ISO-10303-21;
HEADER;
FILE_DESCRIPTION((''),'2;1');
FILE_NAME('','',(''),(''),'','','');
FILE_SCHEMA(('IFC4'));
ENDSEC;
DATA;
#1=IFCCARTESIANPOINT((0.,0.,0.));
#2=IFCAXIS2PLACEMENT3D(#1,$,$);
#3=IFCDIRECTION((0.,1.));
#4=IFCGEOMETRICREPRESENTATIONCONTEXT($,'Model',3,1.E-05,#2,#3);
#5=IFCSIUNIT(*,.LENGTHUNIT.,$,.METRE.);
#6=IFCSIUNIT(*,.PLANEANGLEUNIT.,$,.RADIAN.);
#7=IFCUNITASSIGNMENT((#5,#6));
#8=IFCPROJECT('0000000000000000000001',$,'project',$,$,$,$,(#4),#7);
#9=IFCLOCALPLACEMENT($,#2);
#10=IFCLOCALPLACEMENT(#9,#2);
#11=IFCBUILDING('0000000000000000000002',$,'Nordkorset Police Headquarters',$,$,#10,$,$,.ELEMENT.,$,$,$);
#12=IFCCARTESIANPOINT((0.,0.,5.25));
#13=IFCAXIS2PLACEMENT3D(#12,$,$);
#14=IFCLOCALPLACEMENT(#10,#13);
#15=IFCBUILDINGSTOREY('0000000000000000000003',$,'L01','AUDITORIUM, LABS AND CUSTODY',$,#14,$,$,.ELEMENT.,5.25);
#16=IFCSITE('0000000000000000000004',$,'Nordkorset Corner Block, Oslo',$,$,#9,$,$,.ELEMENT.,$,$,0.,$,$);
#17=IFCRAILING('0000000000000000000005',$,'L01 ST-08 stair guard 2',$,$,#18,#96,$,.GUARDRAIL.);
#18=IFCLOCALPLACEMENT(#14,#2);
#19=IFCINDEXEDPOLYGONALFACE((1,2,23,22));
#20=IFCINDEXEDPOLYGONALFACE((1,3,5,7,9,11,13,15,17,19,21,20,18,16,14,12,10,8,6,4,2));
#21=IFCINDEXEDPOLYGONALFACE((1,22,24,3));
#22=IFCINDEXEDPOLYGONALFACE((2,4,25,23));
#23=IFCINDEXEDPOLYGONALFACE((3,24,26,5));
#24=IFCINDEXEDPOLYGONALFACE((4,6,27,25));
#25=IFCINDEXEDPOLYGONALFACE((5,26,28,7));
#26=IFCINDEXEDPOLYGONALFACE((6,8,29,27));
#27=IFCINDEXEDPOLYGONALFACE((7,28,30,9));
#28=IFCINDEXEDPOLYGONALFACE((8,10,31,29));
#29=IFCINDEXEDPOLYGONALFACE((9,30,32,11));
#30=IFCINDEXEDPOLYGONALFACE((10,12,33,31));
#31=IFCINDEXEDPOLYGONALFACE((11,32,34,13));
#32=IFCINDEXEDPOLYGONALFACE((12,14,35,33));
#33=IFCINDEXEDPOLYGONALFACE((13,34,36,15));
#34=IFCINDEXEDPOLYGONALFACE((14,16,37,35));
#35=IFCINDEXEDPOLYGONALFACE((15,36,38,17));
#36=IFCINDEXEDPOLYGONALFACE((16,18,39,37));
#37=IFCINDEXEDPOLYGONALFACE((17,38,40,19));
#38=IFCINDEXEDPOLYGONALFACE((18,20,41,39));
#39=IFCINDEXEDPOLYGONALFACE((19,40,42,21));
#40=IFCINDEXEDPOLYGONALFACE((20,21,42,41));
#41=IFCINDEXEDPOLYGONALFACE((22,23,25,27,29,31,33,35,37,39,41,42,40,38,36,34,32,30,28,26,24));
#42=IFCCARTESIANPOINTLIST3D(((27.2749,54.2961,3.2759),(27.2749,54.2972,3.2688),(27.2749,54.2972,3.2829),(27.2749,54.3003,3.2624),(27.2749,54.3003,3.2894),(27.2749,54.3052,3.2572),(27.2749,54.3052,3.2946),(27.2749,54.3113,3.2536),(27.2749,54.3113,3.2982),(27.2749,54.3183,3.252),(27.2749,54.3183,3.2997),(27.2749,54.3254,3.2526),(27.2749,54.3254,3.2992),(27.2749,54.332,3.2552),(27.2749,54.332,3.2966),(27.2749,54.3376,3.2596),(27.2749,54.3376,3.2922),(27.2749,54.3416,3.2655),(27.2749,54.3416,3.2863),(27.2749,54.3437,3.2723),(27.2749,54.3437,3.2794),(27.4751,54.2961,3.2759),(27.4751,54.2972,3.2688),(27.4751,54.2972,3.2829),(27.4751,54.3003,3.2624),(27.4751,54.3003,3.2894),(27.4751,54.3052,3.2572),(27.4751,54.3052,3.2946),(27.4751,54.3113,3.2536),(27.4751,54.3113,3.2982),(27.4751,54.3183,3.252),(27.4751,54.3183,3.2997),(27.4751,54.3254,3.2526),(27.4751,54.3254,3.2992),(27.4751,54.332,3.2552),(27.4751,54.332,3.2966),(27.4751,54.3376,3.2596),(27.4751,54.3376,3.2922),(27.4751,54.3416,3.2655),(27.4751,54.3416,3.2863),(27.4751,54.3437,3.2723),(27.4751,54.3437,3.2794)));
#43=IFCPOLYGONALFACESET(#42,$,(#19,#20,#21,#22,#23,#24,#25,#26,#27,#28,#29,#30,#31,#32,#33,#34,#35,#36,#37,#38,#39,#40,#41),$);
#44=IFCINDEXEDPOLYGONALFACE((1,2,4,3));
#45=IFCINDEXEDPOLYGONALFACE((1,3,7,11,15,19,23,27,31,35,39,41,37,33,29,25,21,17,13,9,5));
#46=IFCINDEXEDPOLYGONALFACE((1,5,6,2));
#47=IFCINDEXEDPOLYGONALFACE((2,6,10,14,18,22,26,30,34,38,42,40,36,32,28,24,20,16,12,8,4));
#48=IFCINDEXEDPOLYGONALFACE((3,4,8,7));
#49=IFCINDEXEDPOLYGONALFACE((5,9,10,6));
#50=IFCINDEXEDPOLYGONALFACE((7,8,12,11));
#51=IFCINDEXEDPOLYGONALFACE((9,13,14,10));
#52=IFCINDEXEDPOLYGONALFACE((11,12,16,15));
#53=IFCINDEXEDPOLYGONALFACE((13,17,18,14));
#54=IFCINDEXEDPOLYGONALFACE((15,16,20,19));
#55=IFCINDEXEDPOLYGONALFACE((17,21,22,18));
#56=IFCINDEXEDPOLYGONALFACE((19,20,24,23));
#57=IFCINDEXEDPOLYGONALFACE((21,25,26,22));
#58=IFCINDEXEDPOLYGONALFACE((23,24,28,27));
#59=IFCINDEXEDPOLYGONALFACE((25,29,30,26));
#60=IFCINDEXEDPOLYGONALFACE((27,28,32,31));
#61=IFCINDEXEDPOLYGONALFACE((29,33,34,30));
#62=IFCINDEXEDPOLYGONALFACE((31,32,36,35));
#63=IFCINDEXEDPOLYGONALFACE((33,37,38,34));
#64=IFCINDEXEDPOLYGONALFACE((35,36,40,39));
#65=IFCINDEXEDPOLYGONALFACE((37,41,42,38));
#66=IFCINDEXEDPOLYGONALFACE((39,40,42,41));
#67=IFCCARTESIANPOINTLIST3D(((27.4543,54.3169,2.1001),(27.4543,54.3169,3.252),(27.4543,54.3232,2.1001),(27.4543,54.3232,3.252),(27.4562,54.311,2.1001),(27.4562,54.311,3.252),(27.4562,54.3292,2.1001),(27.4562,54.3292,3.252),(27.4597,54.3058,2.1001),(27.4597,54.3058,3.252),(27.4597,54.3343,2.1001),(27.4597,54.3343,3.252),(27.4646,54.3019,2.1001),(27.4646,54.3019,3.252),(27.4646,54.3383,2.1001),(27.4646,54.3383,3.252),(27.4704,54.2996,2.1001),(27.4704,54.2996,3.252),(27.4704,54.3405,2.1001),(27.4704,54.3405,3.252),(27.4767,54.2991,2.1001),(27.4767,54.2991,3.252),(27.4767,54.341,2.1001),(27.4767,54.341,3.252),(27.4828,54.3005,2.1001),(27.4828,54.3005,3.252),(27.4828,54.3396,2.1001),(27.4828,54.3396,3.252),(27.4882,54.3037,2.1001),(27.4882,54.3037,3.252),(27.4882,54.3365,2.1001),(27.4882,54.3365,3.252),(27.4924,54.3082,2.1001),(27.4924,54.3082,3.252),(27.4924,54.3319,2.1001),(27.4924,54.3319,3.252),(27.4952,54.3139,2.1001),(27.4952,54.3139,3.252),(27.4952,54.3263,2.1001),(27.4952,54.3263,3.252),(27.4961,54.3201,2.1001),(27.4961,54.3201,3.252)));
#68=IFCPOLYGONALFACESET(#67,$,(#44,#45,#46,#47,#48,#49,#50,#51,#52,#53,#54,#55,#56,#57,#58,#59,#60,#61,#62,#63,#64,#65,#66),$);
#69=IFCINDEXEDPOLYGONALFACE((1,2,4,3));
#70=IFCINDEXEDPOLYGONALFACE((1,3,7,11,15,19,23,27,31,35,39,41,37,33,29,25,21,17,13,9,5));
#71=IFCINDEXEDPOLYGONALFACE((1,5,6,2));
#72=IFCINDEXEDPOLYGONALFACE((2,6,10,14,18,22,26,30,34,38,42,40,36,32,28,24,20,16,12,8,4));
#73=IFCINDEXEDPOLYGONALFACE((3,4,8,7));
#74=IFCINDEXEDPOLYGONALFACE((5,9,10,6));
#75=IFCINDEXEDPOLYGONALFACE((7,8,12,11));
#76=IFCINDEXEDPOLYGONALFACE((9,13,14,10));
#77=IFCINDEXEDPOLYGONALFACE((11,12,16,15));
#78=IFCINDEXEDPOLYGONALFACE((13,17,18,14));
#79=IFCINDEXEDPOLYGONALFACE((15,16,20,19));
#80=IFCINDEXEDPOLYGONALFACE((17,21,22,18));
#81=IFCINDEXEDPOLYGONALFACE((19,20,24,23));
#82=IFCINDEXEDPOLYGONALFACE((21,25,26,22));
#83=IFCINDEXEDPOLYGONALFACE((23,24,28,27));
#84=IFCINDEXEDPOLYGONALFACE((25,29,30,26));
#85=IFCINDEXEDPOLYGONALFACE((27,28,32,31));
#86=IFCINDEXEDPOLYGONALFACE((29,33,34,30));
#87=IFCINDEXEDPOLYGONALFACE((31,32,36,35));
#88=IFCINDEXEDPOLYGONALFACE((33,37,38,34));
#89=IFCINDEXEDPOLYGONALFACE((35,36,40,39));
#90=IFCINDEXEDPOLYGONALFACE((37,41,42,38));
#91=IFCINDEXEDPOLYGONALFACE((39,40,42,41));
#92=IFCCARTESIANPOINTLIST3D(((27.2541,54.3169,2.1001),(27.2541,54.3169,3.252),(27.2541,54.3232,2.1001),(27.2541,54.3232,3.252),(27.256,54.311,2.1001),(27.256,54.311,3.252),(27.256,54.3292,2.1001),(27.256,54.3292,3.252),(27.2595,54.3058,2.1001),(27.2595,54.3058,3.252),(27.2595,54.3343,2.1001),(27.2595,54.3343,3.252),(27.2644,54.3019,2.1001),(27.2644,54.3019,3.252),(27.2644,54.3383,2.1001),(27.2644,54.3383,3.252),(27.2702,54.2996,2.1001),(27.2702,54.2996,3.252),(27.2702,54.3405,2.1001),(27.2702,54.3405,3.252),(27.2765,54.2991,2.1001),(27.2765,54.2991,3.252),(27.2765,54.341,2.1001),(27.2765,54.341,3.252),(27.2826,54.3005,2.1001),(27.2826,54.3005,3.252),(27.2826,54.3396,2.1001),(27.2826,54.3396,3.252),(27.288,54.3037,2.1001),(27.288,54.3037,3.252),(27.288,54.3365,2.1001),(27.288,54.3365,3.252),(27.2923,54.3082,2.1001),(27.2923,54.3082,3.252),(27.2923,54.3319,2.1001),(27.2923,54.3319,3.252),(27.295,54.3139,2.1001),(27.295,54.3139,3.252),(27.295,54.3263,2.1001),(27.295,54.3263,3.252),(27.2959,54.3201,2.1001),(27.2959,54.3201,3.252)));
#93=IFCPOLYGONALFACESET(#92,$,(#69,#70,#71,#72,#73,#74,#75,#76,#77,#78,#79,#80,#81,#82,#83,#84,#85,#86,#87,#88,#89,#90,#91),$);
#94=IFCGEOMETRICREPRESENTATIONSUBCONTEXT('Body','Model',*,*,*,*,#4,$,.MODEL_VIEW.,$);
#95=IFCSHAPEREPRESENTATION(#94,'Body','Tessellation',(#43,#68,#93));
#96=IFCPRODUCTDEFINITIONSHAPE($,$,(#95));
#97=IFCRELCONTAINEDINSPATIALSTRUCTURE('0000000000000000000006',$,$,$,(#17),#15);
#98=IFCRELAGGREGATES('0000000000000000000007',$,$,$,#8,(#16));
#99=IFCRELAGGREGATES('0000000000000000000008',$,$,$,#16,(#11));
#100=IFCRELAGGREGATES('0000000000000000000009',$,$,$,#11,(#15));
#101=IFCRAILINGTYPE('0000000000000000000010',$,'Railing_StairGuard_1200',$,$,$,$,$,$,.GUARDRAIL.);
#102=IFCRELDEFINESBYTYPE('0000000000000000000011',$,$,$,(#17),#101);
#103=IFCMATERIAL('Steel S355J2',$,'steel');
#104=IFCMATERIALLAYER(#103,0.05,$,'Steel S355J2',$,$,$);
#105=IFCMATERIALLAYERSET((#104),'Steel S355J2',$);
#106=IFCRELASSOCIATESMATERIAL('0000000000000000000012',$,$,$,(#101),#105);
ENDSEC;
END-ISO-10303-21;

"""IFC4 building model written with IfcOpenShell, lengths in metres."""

from ifc_helpers import new_model, si_unit, direction, frame, origin, origin_2d, place, context, subcontext, project, spatial, circle, extrude, material, layer, layer_set, type_object, element, save


model = new_model("IFC4")

# Units and contexts
model_context = context("Model", 3, precision=1e-05, world=origin(), true_north=direction((0.0, 1.0)))
body_context = subcontext(model_context, "Body", "Model", "MODEL_VIEW")
ifc_project = project(units=[si_unit("LENGTHUNIT", "METRE"), si_unit("PLANEANGLEUNIT", "RADIAN")], contexts=[model_context])

# Site, building, storey
site_placement = place(None, origin())
site = spatial("IfcSite", under=ifc_project, at=site_placement, Name="Nordkorset Corner Block, Oslo", CompositionType="ELEMENT", RefElevation=0.0)
building_placement = place(site_placement, origin())
building = spatial("IfcBuilding", under=site, at=building_placement, Name="Nordkorset Police Headquarters", CompositionType="ELEMENT")
storey_placement = place(building_placement, frame((0.0, 0.0, 5.25)))
storey = spatial("IfcBuildingStorey", under=building, at=storey_placement, Name="L01", Description="AUDITORIUM, LABS AND CUSTODY", CompositionType="ELEMENT", Elevation=5.25)

# Railing
ifc_material_1 = material(Name="Steel S355J2", Category="steel")
ifc_layer_1 = layer(ifc_material_1, 0.05, Name="Steel S355J2")
ifc_layer_set_1 = layer_set([ifc_layer_1], Name="Steel S355J2")
railing_type_1 = type_object("IfcRailingType", Name="Railing_StairGuard_1200", PredefinedType="GUARDRAIL", material=ifc_layer_set_1)
railing_1_placement = place(storey_placement, frame((27.4751, 54.3201, 2.1001)))
element("IfcRailing", 1, at=railing_1_placement, inside=storey, type_object=railing_type_1, Name="L01 ST-08 stair guard 2", PredefinedType="GUARDRAIL", context=body_context, shape_type="SweptSolid", body=[
    extrude(circle(Radius=0.0239, at=origin_2d()), frame((0.0, 0.0, 1.1758), z_axis=(-1.0, 0.0, 0.0), x_axis=(0.0, -1.0, 0.0)), (0.0, 0.0, 1.0), 0.2002),
    extrude(circle(Radius=0.021, at=origin_2d()), origin(), (0.0, 0.0, 1.0), 1.1519),
    extrude(circle(Radius=0.021, at=origin_2d()), frame((-0.2002, 0.0, 0.0)), (0.0, 0.0, 1.0), 1.1519),
])

save(model, "model.ifc")
